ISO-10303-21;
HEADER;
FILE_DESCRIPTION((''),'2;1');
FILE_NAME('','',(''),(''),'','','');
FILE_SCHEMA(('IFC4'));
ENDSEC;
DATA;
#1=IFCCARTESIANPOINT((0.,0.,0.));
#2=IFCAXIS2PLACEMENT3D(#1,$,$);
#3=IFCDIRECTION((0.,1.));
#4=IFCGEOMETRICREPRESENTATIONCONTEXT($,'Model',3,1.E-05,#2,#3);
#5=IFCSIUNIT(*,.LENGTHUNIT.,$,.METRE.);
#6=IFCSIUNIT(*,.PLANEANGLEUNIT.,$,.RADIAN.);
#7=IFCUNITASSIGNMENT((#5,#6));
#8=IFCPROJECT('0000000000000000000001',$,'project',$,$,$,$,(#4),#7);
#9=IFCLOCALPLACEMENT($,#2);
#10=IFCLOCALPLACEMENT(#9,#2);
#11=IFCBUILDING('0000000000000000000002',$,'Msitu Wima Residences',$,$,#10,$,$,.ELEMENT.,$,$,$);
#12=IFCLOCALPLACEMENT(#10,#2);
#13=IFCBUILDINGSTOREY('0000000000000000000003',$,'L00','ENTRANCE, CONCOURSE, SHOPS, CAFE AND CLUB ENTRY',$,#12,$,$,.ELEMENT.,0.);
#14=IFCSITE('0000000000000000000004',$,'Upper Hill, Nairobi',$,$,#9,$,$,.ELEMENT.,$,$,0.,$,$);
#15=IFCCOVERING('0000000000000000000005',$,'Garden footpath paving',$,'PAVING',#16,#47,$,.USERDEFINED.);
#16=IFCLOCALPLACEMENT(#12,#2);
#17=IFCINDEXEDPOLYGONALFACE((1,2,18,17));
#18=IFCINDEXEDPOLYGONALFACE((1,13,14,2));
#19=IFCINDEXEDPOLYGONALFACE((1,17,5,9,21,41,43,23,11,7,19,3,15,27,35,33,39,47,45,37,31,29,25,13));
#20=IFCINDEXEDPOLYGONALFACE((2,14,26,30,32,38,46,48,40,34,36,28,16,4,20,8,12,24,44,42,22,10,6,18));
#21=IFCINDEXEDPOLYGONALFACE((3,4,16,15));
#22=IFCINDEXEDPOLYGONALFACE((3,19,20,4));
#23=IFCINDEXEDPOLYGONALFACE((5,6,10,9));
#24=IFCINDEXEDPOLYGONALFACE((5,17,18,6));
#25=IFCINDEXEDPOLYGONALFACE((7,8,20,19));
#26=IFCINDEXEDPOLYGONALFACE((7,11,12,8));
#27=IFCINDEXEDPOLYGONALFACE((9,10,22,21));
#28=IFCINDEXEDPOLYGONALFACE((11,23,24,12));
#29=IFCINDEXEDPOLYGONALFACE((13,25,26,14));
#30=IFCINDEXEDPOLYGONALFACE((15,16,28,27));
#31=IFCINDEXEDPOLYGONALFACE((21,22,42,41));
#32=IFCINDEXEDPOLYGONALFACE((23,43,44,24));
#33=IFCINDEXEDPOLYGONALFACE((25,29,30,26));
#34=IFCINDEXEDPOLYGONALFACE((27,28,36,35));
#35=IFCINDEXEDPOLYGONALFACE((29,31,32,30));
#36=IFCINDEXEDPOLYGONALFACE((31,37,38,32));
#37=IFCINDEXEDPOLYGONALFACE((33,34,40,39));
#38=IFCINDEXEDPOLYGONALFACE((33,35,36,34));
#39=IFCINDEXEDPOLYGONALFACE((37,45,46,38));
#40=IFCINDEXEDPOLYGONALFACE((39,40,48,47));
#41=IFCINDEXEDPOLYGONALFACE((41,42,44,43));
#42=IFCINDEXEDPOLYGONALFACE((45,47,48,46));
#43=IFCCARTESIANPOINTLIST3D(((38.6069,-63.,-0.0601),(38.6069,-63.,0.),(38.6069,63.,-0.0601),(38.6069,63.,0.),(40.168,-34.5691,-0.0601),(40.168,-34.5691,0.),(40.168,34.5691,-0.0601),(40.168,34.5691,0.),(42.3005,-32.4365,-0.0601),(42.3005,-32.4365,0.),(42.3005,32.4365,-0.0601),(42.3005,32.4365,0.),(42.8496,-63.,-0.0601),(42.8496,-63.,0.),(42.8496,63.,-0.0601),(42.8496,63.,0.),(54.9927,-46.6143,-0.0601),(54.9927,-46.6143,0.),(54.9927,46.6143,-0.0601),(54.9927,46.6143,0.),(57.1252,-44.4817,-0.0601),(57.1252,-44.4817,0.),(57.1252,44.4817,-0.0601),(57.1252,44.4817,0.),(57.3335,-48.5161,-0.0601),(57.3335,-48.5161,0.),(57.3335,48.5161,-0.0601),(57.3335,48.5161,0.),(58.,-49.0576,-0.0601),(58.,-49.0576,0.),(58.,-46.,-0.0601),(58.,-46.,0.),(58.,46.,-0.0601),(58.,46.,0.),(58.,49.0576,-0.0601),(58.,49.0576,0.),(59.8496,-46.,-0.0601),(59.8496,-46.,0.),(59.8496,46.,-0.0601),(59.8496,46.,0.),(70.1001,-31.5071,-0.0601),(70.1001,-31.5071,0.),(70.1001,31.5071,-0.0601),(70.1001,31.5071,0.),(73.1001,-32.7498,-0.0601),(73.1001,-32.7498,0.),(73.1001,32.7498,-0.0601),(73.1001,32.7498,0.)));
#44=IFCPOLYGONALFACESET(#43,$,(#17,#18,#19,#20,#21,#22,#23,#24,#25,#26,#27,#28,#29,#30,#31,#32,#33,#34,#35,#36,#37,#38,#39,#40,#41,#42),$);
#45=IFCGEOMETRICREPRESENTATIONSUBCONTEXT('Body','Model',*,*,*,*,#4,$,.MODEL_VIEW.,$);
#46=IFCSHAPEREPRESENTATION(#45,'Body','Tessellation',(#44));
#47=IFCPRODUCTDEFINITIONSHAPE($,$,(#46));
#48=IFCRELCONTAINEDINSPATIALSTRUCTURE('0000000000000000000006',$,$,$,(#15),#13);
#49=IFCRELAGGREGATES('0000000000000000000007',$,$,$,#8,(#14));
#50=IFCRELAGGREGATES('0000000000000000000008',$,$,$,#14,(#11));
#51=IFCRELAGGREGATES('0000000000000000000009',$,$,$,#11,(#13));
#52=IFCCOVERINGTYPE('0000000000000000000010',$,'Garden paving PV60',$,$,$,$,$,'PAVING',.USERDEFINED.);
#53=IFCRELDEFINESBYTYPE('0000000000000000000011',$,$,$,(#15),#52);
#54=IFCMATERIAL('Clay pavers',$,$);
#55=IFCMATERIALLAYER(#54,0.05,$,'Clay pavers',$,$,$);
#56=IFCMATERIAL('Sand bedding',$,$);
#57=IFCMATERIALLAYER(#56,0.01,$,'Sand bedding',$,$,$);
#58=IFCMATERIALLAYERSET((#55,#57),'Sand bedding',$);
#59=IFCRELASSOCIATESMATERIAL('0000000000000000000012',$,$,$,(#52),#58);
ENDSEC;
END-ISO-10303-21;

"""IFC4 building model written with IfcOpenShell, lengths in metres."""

from ifc_helpers import new_model, si_unit, direction, frame, origin, place, context, subcontext, project, spatial, polyline, outline, extrude, material, layer, layer_set, type_object, element, save


model = new_model("IFC4")

# Units and contexts
model_context = context("Model", 3, precision=1e-05, world=origin(), true_north=direction((0.0, 1.0)))
body_context = subcontext(model_context, "Body", "Model", "MODEL_VIEW")
ifc_project = project(units=[si_unit("LENGTHUNIT", "METRE"), si_unit("PLANEANGLEUNIT", "RADIAN")], contexts=[model_context])

# Site, building, storey
site_placement = place(None, origin())
site = spatial("IfcSite", under=ifc_project, at=site_placement, Name="Upper Hill, Nairobi", CompositionType="ELEMENT", RefElevation=0.0)
building_placement = place(site_placement, origin())
building = spatial("IfcBuilding", under=site, at=building_placement, Name="Msitu Wima Residences", CompositionType="ELEMENT")
storey_placement = place(building_placement, origin())
storey = spatial("IfcBuildingStorey", under=building, at=storey_placement, Name="L00", Description="ENTRANCE, CONCOURSE, SHOPS, CAFE AND CLUB ENTRY", CompositionType="ELEMENT", Elevation=0.0)

# Shared definitions
ifc_material_1 = material(Name="Clay pavers")

# Covering
ifc_layer_1 = layer(ifc_material_1, 0.05, Name="Clay pavers")
ifc_material_2 = material(Name="Sand bedding")
ifc_layer_2 = layer(ifc_material_2, 0.01, Name="Sand bedding")
ifc_layer_set_1 = layer_set([ifc_layer_1, ifc_layer_2], Name="Sand bedding")
covering_type_1 = type_object("IfcCoveringType", Name="Garden paving PV60", ElementType="PAVING", PredefinedType="USERDEFINED", material=ifc_layer_set_1)
covering_1_placement = place(storey_placement, frame((0.0, 0.0, -0.0601)))
element("IfcCovering", 1, at=covering_1_placement, inside=storey, type_object=covering_type_1, Name="Garden footpath paving", ObjectType="PAVING", PredefinedType="USERDEFINED", context=body_context, shape_type="SweptSolid", body=[
    extrude(outline(polyline([(57.3335, 48.5161), (58.0, 49.0576), (58.0, 46.0), (59.8496, 46.0), (73.1001, 32.7498), (73.1001, -32.7498), (59.8496, -46.0), (58.0, -46.0), (58.0, -49.0576), (57.3335, -48.5161), (42.8496, -63.0), (38.6069, -63.0), (54.9927, -46.6143), (40.168, -34.5691), (42.3005, -32.4365), (57.1252, -44.4817), (70.1001, -31.5071), (70.1001, 31.5071), (57.1252, 44.4817), (42.3005, 32.4365), (40.168, 34.5691), (54.9927, 46.6143), (38.6069, 63.0), (42.8496, 63.0), (57.3335, 48.5161)])), origin(), (0.0, 0.0, 1.0), 0.0601),
])

save(model, "model.ifc")
